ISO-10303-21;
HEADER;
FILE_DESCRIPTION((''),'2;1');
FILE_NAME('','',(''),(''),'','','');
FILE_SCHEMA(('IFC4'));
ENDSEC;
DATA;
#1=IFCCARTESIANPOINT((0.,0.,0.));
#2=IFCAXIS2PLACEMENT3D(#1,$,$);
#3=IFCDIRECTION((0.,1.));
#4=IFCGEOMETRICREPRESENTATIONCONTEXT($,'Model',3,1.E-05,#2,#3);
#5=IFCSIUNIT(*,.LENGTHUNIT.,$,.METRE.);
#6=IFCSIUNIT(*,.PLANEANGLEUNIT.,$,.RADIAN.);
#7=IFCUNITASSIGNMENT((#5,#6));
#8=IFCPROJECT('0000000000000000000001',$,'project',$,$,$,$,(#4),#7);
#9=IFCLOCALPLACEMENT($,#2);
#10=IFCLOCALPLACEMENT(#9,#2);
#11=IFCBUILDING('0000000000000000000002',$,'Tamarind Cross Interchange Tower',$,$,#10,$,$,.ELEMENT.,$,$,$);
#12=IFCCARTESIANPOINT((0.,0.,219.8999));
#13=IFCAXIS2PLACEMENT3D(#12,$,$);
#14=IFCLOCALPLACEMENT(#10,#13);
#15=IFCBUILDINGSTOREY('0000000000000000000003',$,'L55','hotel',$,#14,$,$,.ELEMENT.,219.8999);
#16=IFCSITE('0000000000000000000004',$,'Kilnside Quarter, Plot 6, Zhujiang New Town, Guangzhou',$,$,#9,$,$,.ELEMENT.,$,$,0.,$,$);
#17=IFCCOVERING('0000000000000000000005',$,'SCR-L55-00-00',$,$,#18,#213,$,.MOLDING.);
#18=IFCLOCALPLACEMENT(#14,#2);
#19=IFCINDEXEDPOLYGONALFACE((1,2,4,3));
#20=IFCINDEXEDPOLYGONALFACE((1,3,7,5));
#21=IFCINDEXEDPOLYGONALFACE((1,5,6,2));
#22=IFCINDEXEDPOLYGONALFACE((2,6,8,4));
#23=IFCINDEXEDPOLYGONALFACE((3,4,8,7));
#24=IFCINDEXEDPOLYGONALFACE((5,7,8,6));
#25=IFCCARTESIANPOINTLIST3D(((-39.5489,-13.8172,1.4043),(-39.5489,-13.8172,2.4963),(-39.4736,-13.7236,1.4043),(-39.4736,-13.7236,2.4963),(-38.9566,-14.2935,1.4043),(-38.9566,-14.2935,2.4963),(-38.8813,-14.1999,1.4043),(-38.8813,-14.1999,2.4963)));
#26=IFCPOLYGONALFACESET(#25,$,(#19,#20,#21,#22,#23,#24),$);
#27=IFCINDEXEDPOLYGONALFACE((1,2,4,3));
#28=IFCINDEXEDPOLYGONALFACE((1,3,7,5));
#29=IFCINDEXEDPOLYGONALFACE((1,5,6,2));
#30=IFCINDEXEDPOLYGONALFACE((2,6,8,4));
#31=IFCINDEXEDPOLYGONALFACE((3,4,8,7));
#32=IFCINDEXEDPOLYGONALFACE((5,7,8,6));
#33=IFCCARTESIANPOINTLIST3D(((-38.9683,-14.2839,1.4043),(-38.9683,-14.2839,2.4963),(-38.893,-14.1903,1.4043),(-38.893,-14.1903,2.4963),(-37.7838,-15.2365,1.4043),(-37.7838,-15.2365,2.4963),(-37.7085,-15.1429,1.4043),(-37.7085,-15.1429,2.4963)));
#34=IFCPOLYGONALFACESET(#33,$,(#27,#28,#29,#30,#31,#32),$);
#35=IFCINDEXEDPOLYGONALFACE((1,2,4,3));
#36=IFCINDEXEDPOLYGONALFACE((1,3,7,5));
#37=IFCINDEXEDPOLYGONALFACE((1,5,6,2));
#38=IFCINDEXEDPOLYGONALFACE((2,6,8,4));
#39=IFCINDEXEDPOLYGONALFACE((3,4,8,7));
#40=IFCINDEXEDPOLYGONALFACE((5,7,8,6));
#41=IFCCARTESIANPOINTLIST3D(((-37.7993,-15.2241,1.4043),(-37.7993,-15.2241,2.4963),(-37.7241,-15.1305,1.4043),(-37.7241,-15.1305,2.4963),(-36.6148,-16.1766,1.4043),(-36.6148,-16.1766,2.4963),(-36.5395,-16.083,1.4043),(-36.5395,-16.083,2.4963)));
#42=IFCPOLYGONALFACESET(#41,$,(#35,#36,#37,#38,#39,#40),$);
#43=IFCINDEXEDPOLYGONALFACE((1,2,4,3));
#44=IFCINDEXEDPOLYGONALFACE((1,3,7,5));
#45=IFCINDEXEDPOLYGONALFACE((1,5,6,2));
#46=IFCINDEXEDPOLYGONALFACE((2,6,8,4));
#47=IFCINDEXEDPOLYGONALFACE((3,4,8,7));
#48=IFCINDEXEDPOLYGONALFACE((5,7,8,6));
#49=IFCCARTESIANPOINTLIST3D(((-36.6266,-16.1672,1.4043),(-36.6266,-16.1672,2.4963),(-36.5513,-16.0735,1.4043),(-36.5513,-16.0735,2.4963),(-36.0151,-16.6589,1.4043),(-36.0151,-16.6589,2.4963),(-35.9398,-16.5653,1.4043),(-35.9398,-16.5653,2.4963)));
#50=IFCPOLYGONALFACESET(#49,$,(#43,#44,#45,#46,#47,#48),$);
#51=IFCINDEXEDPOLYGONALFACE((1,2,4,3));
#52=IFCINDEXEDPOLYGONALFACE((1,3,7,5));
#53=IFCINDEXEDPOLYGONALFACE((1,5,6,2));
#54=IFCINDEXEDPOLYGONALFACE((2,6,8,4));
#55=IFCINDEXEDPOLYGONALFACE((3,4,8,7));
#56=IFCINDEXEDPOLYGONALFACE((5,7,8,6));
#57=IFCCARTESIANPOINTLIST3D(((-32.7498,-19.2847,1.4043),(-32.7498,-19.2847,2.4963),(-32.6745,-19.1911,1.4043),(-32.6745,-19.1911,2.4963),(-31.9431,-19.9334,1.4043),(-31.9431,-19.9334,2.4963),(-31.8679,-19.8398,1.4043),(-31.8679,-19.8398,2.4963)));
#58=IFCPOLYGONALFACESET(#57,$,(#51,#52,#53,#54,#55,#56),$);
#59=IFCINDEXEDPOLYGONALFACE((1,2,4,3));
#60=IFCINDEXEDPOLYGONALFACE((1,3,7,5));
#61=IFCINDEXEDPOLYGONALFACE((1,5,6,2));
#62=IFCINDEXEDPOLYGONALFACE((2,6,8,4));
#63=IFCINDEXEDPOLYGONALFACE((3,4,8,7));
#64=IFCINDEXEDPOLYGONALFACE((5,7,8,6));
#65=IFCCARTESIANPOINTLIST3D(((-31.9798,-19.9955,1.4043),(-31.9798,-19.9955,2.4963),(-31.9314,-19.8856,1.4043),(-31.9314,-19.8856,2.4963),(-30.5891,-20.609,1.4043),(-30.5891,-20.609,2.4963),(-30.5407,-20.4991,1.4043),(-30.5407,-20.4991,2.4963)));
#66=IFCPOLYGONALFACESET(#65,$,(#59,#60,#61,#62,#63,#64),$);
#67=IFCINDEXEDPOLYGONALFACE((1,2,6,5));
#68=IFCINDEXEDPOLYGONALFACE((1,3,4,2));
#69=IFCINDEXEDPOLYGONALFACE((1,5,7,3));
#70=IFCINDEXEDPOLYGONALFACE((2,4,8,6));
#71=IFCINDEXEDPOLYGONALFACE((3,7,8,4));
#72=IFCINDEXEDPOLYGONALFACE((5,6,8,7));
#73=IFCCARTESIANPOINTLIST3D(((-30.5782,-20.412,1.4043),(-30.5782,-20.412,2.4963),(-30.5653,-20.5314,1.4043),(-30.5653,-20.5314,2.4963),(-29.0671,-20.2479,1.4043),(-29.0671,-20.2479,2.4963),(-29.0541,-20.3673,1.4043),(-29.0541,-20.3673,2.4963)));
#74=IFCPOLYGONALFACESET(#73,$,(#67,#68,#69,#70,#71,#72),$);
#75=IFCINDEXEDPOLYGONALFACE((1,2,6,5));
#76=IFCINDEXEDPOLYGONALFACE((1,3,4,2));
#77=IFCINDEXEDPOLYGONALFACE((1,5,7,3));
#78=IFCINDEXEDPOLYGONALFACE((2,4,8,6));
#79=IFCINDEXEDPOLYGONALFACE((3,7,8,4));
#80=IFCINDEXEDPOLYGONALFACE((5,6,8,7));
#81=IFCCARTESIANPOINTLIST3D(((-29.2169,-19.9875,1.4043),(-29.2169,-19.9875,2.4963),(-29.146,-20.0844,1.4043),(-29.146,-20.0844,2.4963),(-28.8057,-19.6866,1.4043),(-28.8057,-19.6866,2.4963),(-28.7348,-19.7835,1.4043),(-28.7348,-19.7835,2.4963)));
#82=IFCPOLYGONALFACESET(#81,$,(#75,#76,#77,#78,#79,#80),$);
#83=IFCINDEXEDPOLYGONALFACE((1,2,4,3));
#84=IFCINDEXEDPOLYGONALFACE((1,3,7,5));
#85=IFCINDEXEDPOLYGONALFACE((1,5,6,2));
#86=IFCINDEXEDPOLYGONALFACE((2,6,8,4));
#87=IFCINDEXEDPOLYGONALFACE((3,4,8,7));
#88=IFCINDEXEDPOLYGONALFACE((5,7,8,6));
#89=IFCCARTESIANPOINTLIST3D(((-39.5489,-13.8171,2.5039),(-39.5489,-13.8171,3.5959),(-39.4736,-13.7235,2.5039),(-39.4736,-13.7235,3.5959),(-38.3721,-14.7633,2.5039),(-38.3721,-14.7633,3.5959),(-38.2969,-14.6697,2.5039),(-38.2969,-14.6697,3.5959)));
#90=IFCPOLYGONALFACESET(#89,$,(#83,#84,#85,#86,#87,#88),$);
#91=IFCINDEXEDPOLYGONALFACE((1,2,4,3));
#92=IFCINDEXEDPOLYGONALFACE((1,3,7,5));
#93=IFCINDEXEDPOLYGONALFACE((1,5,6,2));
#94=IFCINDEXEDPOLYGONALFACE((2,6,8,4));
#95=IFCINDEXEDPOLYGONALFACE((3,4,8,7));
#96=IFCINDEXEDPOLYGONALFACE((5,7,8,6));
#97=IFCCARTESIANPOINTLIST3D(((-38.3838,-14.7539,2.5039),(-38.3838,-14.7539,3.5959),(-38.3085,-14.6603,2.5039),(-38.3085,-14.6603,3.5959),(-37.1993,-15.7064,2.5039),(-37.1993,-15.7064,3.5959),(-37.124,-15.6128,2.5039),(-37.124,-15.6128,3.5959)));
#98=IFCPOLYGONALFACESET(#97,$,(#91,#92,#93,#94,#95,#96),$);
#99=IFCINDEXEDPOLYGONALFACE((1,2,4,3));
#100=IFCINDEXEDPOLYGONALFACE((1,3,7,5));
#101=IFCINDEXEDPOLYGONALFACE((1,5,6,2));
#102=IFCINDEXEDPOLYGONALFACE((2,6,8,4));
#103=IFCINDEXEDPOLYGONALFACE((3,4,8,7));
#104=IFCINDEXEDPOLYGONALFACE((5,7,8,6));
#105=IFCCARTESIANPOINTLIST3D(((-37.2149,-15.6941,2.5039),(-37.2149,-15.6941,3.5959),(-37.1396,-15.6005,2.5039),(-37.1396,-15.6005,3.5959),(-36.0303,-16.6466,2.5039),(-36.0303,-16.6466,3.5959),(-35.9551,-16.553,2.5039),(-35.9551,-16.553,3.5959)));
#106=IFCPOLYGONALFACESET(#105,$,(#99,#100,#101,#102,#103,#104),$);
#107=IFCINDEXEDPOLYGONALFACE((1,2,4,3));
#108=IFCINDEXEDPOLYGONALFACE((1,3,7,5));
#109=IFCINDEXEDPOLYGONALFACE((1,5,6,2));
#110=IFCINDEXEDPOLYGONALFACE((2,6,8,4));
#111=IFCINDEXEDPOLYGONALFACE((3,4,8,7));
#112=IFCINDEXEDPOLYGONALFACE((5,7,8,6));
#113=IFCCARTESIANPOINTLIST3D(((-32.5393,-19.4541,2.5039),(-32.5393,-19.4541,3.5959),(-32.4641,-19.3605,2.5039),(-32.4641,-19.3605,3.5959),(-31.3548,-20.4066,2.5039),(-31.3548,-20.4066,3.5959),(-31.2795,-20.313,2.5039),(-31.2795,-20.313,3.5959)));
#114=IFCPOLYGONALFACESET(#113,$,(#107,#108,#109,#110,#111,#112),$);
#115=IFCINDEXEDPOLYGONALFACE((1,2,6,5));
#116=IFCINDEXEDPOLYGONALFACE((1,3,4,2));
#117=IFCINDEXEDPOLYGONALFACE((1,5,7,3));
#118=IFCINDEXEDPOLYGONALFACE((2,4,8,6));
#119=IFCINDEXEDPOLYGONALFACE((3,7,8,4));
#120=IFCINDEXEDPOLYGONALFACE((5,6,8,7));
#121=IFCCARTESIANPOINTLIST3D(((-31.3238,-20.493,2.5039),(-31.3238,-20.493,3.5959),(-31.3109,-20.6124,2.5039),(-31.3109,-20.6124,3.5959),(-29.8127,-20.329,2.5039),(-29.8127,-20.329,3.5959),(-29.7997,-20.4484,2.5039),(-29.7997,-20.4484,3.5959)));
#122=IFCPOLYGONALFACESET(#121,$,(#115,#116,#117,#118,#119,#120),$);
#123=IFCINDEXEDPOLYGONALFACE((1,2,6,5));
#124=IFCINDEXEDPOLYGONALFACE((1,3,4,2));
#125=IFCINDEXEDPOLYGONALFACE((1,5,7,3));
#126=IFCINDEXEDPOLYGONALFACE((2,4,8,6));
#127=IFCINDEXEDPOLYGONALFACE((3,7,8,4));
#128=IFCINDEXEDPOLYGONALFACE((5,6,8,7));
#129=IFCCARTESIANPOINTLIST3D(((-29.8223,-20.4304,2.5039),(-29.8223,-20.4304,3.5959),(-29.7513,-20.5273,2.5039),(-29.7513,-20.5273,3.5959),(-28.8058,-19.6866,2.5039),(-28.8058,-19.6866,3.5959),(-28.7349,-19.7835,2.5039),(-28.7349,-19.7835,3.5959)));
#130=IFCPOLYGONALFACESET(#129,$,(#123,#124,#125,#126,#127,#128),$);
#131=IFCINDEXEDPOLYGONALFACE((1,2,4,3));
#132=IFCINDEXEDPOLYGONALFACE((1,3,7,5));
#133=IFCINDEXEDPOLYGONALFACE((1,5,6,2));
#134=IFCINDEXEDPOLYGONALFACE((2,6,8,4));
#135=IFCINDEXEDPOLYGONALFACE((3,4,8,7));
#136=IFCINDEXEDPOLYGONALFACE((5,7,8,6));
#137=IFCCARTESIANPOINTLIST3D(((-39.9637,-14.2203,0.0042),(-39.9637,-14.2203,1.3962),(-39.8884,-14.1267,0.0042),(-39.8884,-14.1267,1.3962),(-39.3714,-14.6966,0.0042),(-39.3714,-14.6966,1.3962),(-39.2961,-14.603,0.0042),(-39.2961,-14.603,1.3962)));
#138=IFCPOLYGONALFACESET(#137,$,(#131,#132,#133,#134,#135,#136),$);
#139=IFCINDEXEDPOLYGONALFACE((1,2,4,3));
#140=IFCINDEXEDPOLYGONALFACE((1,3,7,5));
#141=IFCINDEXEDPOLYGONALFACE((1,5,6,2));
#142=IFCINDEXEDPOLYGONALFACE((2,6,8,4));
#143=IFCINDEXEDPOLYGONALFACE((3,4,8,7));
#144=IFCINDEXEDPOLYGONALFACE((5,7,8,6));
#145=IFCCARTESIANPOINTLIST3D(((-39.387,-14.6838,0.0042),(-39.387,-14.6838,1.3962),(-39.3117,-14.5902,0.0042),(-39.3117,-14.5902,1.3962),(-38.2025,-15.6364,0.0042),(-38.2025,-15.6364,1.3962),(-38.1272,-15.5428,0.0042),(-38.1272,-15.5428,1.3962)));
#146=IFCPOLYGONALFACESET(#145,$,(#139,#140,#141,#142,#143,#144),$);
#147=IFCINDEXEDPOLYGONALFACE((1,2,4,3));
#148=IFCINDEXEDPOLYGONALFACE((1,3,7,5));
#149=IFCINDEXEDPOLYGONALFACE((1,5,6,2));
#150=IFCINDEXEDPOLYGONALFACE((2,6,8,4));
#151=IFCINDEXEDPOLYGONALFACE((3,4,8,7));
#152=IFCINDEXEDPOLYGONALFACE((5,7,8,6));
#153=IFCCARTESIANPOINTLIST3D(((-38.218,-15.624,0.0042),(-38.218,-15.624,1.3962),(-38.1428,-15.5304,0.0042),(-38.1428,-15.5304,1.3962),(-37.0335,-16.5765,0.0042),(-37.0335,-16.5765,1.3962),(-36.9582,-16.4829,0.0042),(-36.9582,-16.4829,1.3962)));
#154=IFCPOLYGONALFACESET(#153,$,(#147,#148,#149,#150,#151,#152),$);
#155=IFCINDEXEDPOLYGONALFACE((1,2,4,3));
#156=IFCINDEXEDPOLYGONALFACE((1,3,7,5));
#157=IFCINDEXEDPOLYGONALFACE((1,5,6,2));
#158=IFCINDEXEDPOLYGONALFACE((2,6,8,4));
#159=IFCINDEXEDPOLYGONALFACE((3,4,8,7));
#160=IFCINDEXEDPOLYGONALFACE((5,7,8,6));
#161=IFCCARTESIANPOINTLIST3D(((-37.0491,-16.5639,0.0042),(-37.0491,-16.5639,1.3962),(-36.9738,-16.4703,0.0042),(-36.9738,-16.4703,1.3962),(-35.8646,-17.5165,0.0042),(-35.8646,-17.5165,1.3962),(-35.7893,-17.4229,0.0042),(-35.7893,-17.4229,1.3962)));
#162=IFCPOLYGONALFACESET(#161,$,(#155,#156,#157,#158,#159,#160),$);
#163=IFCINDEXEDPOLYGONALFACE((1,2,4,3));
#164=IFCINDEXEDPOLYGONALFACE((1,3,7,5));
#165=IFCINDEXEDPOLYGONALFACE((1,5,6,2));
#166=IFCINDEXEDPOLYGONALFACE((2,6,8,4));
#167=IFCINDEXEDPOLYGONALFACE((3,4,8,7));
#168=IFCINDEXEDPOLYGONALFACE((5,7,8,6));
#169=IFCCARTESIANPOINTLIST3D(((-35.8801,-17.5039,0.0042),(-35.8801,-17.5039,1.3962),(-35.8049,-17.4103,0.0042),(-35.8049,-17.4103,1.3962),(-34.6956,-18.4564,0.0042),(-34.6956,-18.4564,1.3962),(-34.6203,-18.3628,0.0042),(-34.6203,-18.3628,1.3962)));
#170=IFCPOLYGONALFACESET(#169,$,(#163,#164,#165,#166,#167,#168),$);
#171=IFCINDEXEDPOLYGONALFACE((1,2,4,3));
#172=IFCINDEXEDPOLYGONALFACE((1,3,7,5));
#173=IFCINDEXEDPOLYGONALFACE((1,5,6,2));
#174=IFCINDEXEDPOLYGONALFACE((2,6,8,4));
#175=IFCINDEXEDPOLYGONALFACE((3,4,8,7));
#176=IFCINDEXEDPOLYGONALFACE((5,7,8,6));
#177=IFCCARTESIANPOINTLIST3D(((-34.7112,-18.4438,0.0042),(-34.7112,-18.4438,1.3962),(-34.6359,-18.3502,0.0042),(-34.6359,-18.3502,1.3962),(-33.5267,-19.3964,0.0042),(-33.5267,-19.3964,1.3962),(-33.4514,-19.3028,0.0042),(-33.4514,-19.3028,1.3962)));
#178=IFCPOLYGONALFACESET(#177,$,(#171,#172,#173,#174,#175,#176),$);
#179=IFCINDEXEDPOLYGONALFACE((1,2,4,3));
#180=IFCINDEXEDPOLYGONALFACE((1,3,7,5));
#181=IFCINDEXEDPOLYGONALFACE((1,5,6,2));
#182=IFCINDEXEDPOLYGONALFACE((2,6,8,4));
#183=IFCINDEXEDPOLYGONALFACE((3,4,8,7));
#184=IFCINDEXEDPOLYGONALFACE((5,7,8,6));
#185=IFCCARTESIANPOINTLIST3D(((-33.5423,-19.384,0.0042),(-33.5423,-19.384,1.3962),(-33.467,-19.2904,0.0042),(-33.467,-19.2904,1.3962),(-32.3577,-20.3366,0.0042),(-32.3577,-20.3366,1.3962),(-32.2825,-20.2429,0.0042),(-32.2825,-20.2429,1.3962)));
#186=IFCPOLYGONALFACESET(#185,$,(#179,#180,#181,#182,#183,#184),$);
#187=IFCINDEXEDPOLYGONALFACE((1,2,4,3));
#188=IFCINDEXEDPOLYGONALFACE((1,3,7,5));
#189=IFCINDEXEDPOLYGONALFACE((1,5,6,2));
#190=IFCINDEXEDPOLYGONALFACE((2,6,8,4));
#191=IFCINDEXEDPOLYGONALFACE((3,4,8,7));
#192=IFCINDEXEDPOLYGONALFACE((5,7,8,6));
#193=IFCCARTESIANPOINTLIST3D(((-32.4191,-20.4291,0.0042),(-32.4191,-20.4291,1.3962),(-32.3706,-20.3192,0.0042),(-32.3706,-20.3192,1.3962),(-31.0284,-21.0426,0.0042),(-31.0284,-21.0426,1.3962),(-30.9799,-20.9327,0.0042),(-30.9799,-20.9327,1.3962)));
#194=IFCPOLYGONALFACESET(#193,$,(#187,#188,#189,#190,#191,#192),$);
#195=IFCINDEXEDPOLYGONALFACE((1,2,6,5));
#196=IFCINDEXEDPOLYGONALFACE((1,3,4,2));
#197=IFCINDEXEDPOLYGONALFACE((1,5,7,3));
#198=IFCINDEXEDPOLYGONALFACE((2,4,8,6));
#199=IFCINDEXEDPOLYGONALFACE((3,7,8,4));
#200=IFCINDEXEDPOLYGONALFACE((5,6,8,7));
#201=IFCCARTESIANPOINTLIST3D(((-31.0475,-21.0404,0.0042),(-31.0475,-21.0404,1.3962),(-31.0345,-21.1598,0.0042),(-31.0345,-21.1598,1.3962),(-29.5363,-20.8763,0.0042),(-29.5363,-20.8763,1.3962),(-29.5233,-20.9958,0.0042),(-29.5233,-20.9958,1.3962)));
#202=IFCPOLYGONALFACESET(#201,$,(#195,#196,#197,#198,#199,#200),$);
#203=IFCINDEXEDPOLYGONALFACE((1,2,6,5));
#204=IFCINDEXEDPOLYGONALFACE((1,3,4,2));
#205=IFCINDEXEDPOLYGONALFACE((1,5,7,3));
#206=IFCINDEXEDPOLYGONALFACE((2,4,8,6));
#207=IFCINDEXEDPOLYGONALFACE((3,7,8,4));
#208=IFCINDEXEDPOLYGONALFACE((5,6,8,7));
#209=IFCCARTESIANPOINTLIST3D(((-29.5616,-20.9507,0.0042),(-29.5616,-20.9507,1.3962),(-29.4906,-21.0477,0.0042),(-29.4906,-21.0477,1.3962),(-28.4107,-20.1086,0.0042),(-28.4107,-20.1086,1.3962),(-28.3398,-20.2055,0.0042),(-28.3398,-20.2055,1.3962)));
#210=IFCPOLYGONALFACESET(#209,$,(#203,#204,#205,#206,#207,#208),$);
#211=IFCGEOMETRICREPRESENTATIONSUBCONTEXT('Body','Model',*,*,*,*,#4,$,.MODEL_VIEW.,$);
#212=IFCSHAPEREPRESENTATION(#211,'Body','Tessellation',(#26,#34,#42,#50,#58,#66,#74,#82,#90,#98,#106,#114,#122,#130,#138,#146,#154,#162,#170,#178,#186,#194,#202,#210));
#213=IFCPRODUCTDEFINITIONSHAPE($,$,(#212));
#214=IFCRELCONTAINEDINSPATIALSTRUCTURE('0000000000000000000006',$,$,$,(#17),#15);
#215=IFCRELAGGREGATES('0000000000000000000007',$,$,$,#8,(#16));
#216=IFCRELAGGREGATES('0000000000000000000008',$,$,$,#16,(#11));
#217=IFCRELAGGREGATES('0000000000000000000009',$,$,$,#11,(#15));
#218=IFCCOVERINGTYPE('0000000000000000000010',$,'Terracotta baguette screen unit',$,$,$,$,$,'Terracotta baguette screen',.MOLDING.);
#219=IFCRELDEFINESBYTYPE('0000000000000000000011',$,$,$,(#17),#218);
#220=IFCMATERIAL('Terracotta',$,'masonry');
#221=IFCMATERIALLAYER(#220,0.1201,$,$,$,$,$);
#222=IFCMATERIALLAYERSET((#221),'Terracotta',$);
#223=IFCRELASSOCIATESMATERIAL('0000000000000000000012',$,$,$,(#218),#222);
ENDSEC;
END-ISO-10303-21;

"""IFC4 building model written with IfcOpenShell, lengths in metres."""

from ifc_helpers import new_model, si_unit, direction, frame, origin, origin_2d, place, context, subcontext, project, spatial, rectangle, extrude, material, layer, layer_set, type_object, element, save


model = new_model("IFC4")

# Units and contexts
model_context = context("Model", 3, precision=1e-05, world=origin(), true_north=direction((0.0, 1.0)))
body_context = subcontext(model_context, "Body", "Model", "MODEL_VIEW")
ifc_project = project(units=[si_unit("LENGTHUNIT", "METRE"), si_unit("PLANEANGLEUNIT", "RADIAN")], contexts=[model_context])

# Site, building, storey
site_placement = place(None, origin())
site = spatial("IfcSite", under=ifc_project, at=site_placement, Name="Kilnside Quarter, Plot 6, Zhujiang New Town, Guangzhou", CompositionType="ELEMENT", RefElevation=0.0)
building_placement = place(site_placement, origin())
building = spatial("IfcBuilding", under=site, at=building_placement, Name="Tamarind Cross Interchange Tower", CompositionType="ELEMENT")
storey_placement = place(building_placement, frame((0.0, 0.0, 219.8999)))
storey = spatial("IfcBuildingStorey", under=building, at=storey_placement, Name="L55", Description="hotel", CompositionType="ELEMENT", Elevation=219.8999)

# Covering
ifc_material_1 = material(Name="Terracotta", Category="masonry")
ifc_layer_1 = layer(ifc_material_1, 0.1201)
ifc_layer_set_1 = layer_set([ifc_layer_1], Name="Terracotta")
covering_type = type_object("IfcCoveringType", Name="Terracotta baguette screen unit", ElementType="Terracotta baguette screen", PredefinedType="MOLDING", material=ifc_layer_set_1)
covering_1_placement = place(storey_placement, origin())
element("IfcCovering", 1, at=covering_1_placement, inside=storey, type_object=covering_type, Name="SCR-L55-00-00", PredefinedType="MOLDING", context=body_context, shape_type="SweptSolid", body=[
    extrude(rectangle(XDim=0.76, YDim=0.1201, at=origin_2d()), frame((-39.2151, -14.0085, 1.4043), z_axis=(0.0, 0.0, 1.0), x_axis=(0.779285, -0.626669, 0.0)), (0.0, 0.0, 1.0), 1.092),
    extrude(rectangle(XDim=1.52, YDim=0.1201, at=origin_2d()), frame((-38.3384, -14.7134, 1.4043), z_axis=(0.0, 0.0, 1.0), x_axis=(0.779285, -0.626669, 0.0)), (0.0, 0.0, 1.0), 1.092),
    extrude(rectangle(XDim=1.52, YDim=0.1201, at=origin_2d()), frame((-37.1694, -15.6536, 1.4043), z_axis=(0.0, 0.0, 1.0), x_axis=(0.779285, -0.626669, 0.0)), (0.0, 0.0, 1.0), 1.092),
    extrude(rectangle(XDim=0.7847, YDim=0.1201, at=origin_2d()), frame((-36.2832, -16.3662, 1.4043), z_axis=(0.0, 0.0, 1.0), x_axis=(0.779285, -0.626669, 0.0)), (0.0, 0.0, 1.0), 1.092),
    extrude(rectangle(XDim=1.0352, YDim=0.1201, at=origin_2d()), frame((-32.3088, -19.5623, 1.4043), z_axis=(0.0, 0.0, 1.0), x_axis=(0.779285, -0.626669, 0.0)), (0.0, 0.0, 1.0), 1.092),
    extrude(rectangle(XDim=1.52, YDim=0.1201, at=origin_2d()), frame((-31.2603, -20.2473, 1.4043), z_axis=(0.0, 0.0, 1.0), x_axis=(0.914926, -0.403622, 0.0)), (0.0, 0.0, 1.0), 1.092),
    extrude(rectangle(XDim=1.52, YDim=0.1201, at=origin_2d()), frame((-29.8162, -20.3896, 1.4043), z_axis=(0.0, 0.0, 1.0), x_axis=(0.99416, 0.107916, 0.0)), (0.0, 0.0, 1.0), 1.092),
    extrude(rectangle(XDim=0.5095, YDim=0.1201, at=origin_2d()), frame((-28.9758, -19.8855, 1.4043), z_axis=(0.0, 0.0, 1.0), x_axis=(0.80701, 0.590538, 0.0)), (0.0, 0.0, 1.0), 1.092),
    extrude(rectangle(XDim=1.51, YDim=0.1201, at=origin_2d()), frame((-38.9229, -14.2434, 2.5039), z_axis=(0.0, 0.0, 1.0), x_axis=(0.779285, -0.626669, 0.0)), (0.0, 0.0, 1.0), 1.092),
    extrude(rectangle(XDim=1.52, YDim=0.1201, at=origin_2d()), frame((-37.7539, -15.1833, 2.5039), z_axis=(0.0, 0.0, 1.0), x_axis=(0.779285, -0.626669, 0.0)), (0.0, 0.0, 1.0), 1.092),
    extrude(rectangle(XDim=1.52, YDim=0.1201, at=origin_2d()), frame((-36.585, -16.1235, 2.5039), z_axis=(0.0, 0.0, 1.0), x_axis=(0.779285, -0.626669, 0.0)), (0.0, 0.0, 1.0), 1.092),
    extrude(rectangle(XDim=1.52, YDim=0.1201, at=origin_2d()), frame((-31.9094, -19.8835, 2.5039), z_axis=(0.0, 0.0, 1.0), x_axis=(0.779285, -0.626669, 0.0)), (0.0, 0.0, 1.0), 1.092),
    extrude(rectangle(XDim=1.52, YDim=0.1201, at=origin_2d()), frame((-30.5618, -20.4707, 2.5039), z_axis=(0.0, 0.0, 1.0), x_axis=(0.99416, 0.107916, 0.0)), (0.0, 0.0, 1.0), 1.092),
    extrude(rectangle(XDim=1.2595, YDim=0.1201, at=origin_2d()), frame((-29.2786, -20.1069, 2.5039), z_axis=(0.0, 0.0, 1.0), x_axis=(0.80701, 0.590538, 0.0)), (0.0, 0.0, 1.0), 1.092),
    extrude(rectangle(XDim=0.76, YDim=0.1201, at=origin_2d()), frame((-39.6299, -14.4116, 0.0042), z_axis=(0.0, 0.0, 1.0), x_axis=(0.779285, -0.626669, 0.0)), (0.0, 0.0, 1.0), 1.3921),
    extrude(rectangle(XDim=1.52, YDim=0.1201, at=origin_2d()), frame((-38.7571, -15.1133, 0.0042), z_axis=(0.0, 0.0, 1.0), x_axis=(0.779285, -0.626669, 0.0)), (0.0, 0.0, 1.0), 1.3921),
    extrude(rectangle(XDim=1.52, YDim=0.1201, at=origin_2d()), frame((-37.5881, -16.0535, 0.0042), z_axis=(0.0, 0.0, 1.0), x_axis=(0.779285, -0.626669, 0.0)), (0.0, 0.0, 1.0), 1.3921),
    extrude(rectangle(XDim=1.52, YDim=0.1201, at=origin_2d()), frame((-36.4192, -16.9934, 0.0042), z_axis=(0.0, 0.0, 1.0), x_axis=(0.779285, -0.626669, 0.0)), (0.0, 0.0, 1.0), 1.3921),
    extrude(rectangle(XDim=1.52, YDim=0.1201, at=origin_2d()), frame((-35.2502, -17.9333, 0.0042), z_axis=(0.0, 0.0, 1.0), x_axis=(0.779285, -0.626669, 0.0)), (0.0, 0.0, 1.0), 1.3921),
    extrude(rectangle(XDim=1.52, YDim=0.1201, at=origin_2d()), frame((-34.0813, -18.8733, 0.0042), z_axis=(0.0, 0.0, 1.0), x_axis=(0.779285, -0.626669, 0.0)), (0.0, 0.0, 1.0), 1.3921),
    extrude(rectangle(XDim=1.52, YDim=0.1201, at=origin_2d()), frame((-32.9124, -19.8135, 0.0042), z_axis=(0.0, 0.0, 1.0), x_axis=(0.779285, -0.626669, 0.0)), (0.0, 0.0, 1.0), 1.3921),
    extrude(rectangle(XDim=1.52, YDim=0.1201, at=origin_2d()), frame((-31.6995, -20.6809, 0.0042), z_axis=(0.0, 0.0, 1.0), x_axis=(0.914926, -0.403622, 0.0)), (0.0, 0.0, 1.0), 1.3921),
    extrude(rectangle(XDim=1.52, YDim=0.1201, at=origin_2d()), frame((-30.2854, -21.0181, 0.0042), z_axis=(0.0, 0.0, 1.0), x_axis=(0.99416, 0.107916, 0.0)), (0.0, 0.0, 1.0), 1.3921),
    extrude(rectangle(XDim=1.426, YDim=0.1201, at=origin_2d()), frame((-28.9507, -20.5781, 0.0042), z_axis=(0.0, 0.0, 1.0), x_axis=(0.80701, 0.590538, 0.0)), (0.0, 0.0, 1.0), 1.3921),
])

save(model, "model.ifc")
